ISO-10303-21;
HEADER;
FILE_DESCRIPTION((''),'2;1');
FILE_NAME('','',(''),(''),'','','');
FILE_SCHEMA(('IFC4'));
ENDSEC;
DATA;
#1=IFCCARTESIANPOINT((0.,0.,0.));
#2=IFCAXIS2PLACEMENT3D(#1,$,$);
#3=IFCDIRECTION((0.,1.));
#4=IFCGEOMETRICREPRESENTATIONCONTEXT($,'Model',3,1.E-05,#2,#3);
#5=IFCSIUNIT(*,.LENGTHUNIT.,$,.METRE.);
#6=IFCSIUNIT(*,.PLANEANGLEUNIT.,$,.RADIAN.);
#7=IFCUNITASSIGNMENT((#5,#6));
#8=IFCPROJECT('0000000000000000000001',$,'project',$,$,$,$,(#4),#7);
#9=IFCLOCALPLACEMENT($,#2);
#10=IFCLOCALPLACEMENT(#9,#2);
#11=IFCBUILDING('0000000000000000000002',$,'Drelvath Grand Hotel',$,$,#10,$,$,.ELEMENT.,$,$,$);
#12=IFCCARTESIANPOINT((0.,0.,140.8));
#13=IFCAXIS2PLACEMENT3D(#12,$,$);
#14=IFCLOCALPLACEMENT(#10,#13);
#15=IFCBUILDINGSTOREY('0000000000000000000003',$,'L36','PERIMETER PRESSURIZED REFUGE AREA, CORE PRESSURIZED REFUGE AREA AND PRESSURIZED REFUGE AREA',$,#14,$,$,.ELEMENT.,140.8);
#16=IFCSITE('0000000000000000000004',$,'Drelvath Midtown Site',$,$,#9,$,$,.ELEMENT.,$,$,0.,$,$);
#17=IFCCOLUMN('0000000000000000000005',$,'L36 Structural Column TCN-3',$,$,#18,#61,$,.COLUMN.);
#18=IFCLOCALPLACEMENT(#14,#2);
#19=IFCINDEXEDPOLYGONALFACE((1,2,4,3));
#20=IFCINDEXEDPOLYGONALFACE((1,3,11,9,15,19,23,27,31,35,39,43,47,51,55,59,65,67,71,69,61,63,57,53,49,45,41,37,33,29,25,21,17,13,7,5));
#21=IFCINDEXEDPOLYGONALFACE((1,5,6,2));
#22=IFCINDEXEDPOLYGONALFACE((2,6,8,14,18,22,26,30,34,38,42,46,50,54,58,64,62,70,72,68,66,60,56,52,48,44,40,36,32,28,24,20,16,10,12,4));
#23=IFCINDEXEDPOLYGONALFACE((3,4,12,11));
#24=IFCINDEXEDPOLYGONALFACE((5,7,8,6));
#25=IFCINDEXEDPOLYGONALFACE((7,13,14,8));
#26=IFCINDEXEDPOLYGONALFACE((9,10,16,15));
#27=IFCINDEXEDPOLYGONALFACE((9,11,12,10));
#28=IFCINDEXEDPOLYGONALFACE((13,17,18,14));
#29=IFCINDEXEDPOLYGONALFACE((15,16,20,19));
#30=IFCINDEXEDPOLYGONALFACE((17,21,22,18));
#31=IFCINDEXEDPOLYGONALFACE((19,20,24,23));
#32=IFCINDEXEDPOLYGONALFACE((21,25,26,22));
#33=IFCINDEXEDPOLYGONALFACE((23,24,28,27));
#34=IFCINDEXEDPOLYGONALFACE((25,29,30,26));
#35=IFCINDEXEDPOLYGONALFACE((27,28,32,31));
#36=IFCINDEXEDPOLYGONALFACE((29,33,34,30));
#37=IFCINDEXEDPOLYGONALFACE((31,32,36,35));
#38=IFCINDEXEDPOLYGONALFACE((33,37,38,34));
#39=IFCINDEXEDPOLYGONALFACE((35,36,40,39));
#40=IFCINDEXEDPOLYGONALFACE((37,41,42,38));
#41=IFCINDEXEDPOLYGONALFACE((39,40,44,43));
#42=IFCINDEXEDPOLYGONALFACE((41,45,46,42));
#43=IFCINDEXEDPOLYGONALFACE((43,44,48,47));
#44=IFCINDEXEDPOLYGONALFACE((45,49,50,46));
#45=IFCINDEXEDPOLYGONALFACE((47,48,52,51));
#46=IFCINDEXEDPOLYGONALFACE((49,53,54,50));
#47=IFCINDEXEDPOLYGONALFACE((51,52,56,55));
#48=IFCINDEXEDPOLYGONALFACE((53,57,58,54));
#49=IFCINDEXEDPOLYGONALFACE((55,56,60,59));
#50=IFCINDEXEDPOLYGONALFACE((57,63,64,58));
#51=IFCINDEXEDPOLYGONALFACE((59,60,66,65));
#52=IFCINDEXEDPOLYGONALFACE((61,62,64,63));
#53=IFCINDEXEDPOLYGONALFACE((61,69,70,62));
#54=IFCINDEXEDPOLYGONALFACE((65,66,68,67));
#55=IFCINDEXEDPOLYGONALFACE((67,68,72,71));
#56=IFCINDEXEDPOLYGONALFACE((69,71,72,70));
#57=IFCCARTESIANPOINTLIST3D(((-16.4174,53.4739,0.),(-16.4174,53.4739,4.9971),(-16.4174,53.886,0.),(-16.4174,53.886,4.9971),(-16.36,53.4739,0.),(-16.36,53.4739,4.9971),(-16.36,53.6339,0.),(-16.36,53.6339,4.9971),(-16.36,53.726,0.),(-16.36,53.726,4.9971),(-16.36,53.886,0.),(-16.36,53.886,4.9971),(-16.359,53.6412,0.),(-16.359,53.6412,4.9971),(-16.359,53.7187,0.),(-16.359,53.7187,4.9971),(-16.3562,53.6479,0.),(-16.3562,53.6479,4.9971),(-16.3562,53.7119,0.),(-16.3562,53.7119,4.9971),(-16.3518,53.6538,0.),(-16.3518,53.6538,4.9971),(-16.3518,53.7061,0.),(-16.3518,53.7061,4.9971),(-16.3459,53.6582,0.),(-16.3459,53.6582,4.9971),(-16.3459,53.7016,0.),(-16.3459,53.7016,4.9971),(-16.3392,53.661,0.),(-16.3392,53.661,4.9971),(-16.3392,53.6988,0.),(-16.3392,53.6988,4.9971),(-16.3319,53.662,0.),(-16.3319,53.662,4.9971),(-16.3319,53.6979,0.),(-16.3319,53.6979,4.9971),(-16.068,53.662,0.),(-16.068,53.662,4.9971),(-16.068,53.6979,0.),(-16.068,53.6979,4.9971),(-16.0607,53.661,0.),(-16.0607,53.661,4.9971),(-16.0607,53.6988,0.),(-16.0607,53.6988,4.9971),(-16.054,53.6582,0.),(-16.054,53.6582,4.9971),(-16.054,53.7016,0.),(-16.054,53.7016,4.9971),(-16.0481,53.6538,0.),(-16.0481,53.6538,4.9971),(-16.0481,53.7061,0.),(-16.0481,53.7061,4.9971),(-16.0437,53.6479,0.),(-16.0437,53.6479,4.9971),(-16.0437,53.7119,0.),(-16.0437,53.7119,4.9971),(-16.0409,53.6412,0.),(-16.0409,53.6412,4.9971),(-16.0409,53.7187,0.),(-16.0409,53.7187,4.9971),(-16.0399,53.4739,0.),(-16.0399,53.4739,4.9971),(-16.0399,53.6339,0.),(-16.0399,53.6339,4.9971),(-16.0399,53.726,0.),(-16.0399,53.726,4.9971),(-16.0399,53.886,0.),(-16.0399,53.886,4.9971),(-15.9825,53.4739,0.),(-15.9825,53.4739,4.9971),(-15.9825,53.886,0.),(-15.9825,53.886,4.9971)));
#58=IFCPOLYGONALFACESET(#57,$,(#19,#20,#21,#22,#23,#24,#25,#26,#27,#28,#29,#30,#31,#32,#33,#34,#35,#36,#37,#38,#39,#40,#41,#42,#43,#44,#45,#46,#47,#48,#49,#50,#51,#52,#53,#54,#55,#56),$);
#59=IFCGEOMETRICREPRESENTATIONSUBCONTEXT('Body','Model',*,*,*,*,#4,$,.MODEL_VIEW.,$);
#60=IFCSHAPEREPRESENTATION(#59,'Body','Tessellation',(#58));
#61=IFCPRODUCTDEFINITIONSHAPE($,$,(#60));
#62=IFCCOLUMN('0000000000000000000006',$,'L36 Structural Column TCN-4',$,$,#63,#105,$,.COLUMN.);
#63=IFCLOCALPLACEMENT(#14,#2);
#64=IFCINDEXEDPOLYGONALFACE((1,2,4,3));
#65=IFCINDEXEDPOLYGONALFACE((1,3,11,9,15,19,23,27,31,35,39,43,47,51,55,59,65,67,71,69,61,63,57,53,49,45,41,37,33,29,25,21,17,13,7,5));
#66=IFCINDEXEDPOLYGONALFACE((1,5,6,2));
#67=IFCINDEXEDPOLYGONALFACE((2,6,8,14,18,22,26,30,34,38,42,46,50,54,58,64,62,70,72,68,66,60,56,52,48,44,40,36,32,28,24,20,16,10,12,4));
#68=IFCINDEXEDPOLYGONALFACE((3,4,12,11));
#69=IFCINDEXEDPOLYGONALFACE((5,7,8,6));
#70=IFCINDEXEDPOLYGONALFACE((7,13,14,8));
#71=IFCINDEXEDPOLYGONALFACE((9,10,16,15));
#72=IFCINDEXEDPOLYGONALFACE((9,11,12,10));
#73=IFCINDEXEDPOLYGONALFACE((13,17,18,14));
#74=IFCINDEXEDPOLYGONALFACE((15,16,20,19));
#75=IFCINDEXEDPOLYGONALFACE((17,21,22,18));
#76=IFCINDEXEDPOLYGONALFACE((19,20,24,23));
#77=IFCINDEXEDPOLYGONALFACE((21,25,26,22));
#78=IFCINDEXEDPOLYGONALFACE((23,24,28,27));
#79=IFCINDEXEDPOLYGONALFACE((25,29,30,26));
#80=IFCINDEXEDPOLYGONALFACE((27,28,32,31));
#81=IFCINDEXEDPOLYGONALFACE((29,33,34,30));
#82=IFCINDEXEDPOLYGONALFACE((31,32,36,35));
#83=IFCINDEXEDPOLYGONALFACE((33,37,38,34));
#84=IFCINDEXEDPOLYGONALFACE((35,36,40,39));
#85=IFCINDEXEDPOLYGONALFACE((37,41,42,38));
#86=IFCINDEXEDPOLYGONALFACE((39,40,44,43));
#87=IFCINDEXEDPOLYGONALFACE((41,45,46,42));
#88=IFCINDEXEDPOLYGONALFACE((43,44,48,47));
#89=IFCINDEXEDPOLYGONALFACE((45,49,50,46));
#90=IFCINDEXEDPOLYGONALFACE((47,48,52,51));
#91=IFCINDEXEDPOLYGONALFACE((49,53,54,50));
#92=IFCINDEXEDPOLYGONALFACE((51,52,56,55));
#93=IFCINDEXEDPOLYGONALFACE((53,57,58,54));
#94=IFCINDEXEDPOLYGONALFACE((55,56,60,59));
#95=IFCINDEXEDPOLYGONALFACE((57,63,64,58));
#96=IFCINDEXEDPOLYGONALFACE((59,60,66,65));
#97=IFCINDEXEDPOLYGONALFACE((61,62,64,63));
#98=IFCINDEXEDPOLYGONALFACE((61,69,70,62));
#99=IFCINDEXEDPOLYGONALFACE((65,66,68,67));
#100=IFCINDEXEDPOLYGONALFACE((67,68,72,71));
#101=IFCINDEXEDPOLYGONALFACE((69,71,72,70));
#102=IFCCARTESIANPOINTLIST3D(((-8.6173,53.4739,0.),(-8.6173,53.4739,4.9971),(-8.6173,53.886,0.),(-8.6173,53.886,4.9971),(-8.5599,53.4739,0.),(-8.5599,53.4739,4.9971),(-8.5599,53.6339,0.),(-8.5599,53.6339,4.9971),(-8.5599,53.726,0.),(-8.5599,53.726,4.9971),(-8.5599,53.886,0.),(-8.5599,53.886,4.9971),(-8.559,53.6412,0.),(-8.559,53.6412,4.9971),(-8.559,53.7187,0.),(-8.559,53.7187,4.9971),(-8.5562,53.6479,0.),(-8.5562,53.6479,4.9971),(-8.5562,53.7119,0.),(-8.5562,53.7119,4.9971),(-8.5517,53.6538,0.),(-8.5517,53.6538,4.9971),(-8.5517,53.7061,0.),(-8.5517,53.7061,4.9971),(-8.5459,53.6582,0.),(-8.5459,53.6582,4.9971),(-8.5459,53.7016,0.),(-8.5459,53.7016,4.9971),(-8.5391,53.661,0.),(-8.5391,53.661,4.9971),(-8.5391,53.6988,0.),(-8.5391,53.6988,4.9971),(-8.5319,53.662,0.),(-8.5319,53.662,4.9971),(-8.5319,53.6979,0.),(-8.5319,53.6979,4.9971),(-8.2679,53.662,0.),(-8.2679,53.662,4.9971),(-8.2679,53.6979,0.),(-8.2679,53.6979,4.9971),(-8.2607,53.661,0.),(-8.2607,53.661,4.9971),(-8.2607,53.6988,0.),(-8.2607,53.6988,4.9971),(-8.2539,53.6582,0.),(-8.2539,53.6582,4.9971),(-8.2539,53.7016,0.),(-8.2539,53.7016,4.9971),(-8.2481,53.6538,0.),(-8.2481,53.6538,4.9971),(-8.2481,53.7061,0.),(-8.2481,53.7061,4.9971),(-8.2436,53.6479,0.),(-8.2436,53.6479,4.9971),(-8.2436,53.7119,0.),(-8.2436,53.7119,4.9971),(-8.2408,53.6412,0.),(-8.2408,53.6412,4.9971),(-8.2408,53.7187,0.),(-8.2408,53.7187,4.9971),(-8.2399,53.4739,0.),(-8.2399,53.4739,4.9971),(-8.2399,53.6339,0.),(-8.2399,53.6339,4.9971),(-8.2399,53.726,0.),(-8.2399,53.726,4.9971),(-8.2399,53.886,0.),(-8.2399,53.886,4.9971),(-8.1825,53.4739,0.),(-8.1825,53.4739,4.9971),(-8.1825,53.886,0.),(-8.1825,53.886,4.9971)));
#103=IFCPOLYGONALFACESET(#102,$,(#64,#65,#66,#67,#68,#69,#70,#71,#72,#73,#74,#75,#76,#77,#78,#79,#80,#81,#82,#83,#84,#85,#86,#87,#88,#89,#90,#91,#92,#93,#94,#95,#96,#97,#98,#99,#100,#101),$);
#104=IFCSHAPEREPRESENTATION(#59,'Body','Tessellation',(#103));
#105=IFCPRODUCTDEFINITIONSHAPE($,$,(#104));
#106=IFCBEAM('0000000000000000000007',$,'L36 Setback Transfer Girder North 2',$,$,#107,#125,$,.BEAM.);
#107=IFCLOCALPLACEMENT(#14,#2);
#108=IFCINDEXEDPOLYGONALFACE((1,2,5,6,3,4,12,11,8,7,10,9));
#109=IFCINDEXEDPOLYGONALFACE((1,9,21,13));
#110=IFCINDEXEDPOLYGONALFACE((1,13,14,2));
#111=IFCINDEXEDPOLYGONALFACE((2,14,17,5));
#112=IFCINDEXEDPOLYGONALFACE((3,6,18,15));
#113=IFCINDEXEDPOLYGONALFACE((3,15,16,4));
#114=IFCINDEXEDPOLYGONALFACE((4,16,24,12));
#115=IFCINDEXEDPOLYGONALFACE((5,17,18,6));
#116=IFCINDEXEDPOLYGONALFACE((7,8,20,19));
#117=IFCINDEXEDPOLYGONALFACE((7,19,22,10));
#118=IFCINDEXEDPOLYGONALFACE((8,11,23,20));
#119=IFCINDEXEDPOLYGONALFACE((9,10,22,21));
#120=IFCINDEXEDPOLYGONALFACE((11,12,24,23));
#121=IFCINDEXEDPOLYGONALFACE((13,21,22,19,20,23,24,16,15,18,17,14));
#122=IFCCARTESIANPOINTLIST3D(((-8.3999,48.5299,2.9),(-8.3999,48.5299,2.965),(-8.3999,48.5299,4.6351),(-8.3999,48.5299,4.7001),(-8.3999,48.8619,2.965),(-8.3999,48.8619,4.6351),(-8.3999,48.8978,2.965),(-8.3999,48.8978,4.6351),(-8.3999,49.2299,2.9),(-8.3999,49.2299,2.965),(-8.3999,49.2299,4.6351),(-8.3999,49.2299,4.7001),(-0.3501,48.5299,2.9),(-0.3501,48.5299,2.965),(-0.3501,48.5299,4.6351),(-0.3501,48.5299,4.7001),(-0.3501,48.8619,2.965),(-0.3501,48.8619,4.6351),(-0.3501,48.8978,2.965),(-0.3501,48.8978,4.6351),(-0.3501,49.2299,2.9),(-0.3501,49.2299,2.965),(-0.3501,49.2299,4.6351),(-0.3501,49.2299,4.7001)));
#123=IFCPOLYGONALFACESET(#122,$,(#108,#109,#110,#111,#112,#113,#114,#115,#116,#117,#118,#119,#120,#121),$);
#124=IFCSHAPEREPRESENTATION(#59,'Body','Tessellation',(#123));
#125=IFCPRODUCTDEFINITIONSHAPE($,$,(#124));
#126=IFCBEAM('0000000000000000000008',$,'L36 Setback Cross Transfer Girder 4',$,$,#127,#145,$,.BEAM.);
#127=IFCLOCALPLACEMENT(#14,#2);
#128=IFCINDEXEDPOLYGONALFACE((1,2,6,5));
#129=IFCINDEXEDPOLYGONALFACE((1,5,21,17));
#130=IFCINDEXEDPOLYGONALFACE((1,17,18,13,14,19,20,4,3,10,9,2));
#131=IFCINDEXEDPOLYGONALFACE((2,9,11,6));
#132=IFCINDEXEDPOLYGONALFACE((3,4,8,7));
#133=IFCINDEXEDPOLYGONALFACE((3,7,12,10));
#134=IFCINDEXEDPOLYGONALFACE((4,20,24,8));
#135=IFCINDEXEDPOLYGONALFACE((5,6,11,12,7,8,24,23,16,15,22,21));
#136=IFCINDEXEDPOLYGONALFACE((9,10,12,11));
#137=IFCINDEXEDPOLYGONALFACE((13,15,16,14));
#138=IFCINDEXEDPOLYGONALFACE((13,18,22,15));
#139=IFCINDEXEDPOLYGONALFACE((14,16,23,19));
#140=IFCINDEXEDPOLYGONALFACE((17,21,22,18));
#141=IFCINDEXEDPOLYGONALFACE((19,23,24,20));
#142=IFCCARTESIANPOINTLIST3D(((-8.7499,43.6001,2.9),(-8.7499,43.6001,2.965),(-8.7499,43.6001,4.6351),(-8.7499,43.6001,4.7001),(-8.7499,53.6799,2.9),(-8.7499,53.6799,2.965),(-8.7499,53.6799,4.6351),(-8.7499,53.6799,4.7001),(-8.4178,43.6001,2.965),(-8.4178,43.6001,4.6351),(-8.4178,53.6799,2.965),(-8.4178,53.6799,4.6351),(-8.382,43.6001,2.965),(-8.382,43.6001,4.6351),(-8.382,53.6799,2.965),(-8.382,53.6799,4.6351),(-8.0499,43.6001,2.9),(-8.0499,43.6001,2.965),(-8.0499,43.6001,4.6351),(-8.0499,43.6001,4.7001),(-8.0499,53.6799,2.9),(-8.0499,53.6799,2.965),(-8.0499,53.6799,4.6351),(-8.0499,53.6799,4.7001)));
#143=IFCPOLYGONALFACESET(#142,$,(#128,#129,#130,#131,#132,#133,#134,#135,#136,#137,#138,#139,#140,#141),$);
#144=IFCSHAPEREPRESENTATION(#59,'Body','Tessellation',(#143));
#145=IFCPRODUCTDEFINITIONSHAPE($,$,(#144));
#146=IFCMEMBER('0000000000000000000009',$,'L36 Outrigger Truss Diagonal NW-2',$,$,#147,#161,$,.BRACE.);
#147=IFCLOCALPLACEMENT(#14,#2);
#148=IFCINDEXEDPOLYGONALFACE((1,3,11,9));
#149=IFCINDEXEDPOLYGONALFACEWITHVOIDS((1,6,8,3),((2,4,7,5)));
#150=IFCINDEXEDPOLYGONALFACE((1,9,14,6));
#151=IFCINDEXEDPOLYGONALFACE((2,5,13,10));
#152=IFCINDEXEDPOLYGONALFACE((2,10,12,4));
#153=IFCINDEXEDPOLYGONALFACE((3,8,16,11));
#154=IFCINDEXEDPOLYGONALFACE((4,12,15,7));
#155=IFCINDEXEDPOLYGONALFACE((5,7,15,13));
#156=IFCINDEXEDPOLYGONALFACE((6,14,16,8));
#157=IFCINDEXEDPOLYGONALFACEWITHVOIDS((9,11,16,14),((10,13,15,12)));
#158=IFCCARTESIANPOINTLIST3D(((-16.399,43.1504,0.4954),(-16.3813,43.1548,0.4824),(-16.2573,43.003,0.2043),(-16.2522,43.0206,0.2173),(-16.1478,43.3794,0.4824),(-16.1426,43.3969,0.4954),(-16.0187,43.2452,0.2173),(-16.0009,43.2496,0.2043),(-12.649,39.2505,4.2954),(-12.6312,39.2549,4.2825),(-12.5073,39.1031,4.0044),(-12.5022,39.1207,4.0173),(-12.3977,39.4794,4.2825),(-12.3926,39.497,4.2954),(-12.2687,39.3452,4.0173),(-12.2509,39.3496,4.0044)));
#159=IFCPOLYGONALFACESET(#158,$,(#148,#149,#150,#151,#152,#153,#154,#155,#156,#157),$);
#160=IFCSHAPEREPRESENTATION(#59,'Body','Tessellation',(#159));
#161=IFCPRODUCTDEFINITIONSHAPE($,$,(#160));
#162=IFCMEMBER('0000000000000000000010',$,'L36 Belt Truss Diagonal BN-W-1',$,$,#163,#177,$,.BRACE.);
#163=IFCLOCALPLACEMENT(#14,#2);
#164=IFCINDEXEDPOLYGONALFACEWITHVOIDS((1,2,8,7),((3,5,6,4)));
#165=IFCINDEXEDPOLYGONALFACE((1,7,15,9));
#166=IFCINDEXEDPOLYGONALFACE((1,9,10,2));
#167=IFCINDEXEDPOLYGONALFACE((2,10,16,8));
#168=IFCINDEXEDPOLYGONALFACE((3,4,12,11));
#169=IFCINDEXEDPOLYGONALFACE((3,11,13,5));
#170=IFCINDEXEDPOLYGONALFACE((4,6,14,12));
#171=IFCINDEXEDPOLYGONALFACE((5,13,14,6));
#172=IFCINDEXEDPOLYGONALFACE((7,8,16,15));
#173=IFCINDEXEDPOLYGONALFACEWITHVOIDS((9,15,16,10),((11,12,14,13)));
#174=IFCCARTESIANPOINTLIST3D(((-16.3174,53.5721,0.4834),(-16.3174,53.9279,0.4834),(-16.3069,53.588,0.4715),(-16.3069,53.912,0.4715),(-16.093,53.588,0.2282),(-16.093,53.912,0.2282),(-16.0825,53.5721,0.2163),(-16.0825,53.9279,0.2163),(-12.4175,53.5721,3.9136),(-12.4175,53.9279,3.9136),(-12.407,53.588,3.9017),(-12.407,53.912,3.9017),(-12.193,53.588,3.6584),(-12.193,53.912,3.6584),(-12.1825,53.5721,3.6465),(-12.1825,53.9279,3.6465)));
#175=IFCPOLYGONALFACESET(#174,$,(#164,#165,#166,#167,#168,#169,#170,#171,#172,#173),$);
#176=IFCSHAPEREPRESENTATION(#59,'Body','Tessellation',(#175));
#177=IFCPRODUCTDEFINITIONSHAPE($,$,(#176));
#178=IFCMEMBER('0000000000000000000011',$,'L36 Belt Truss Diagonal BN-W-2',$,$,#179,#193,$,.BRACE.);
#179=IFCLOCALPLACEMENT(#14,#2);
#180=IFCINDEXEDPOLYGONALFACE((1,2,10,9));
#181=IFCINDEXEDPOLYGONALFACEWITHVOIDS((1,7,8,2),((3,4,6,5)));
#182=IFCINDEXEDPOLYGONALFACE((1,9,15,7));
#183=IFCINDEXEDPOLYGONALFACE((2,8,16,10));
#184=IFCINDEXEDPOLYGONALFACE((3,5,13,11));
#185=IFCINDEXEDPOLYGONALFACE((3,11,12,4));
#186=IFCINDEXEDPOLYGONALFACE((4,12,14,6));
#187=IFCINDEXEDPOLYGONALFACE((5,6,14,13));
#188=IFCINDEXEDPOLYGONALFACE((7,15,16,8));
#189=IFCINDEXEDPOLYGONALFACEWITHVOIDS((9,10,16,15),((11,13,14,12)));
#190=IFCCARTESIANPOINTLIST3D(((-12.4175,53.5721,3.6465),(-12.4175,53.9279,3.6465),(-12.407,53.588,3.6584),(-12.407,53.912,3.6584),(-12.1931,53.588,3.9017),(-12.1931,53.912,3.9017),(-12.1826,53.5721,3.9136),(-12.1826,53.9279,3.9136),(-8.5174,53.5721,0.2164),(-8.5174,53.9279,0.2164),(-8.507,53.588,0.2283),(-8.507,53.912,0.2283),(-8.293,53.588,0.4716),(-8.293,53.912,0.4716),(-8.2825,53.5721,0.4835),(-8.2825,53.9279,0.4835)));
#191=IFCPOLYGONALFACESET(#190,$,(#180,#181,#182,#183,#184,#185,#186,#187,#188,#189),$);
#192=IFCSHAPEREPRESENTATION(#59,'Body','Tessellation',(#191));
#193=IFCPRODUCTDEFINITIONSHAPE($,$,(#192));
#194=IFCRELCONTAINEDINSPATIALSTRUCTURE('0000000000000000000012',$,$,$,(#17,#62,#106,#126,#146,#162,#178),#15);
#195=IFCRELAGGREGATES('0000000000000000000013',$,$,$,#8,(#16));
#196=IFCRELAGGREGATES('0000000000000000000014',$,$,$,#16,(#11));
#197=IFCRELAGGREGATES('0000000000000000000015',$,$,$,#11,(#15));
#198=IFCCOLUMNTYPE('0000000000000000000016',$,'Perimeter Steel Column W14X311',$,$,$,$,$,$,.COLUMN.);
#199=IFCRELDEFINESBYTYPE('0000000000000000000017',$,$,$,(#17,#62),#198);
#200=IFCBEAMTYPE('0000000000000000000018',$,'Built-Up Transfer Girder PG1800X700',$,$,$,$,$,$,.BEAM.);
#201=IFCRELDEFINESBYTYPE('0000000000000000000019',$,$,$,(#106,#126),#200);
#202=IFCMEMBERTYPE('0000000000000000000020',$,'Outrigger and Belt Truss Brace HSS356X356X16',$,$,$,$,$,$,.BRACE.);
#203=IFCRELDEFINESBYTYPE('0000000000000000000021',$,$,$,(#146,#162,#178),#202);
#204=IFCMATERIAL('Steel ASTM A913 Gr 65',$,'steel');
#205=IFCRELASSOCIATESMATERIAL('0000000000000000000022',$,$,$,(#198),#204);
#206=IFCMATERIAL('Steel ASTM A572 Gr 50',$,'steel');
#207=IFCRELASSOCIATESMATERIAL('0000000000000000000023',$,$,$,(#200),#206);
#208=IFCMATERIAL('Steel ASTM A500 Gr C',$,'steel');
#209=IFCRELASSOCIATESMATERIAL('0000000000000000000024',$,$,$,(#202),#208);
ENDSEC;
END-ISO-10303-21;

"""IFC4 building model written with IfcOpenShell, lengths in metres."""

from ifc_helpers import new_model, si_unit, direction, frame, origin, origin_2d, place, context, subcontext, project, spatial, hollow_rectangle, i_section, extrude, material, material_profile, profile_set, type_object, element, save


model = new_model("IFC4")

# Units and contexts
model_context = context("Model", 3, precision=1e-05, world=origin(), true_north=direction((0.0, 1.0)))
body_context = subcontext(model_context, "Body", "Model", "MODEL_VIEW")
ifc_project = project(units=[si_unit("LENGTHUNIT", "METRE"), si_unit("PLANEANGLEUNIT", "RADIAN")], contexts=[model_context])

# Site, building, storey
site_placement = place(None, origin())
site = spatial("IfcSite", under=ifc_project, at=site_placement, Name="Drelvath Midtown Site", CompositionType="ELEMENT", RefElevation=0.0)
building_placement = place(site_placement, origin())
building = spatial("IfcBuilding", under=site, at=building_placement, Name="Drelvath Grand Hotel", CompositionType="ELEMENT")
storey_placement = place(building_placement, frame((0.0, 0.0, 140.8)))
storey = spatial("IfcBuildingStorey", under=building, at=storey_placement, Name="L36", Description="PERIMETER PRESSURIZED REFUGE AREA, CORE PRESSURIZED REFUGE AREA AND PRESSURIZED REFUGE AREA", CompositionType="ELEMENT", Elevation=140.8)

# Columns
ifc_material_1 = material(Name="Steel ASTM A913 Gr 65", Category="steel")
ifc_material_profile_1 = material_profile(ifc_material_1, i_section(OverallWidth=0.4121, OverallDepth=0.4348, WebThickness=0.0359, FlangeThickness=0.0574, FilletRadius=0.0281, at=origin_2d()), Name="W14X311")
ifc_profile_set_1 = profile_set([ifc_material_profile_1], Name="Steel ASTM A913 Gr 65")
column_type = type_object("IfcColumnType", Name="Perimeter Steel Column W14X311", PredefinedType="COLUMN", material=ifc_profile_set_1)
for number, where, z_axis, x_axis, name in (
    (1, (-16.2, 53.6799, 0.0), (0.0, 0.0, 1.0), (0.0, 1.0, 0.0), "L36 Structural Column TCN-3"),
    (2, (-8.3999, 53.6799, 0.0), (0.0, 0.0, 1.0), (0.0, 1.0, 0.0), "L36 Structural Column TCN-4"),
):
    element("IfcColumn", number, at=place(storey_placement, frame(where, z_axis=z_axis, x_axis=x_axis)), inside=storey, type_object=column_type, Name=name, PredefinedType="COLUMN", context=body_context, shape_type="SweptSolid", body=[
        extrude(i_section(OverallWidth=0.4121, OverallDepth=0.4348, WebThickness=0.0359, FlangeThickness=0.0574, FilletRadius=0.0281, at=origin_2d()), origin(), (0.0, 0.0, 1.0), 4.9971),
    ])

# Beams
ifc_material_2 = material(Name="Steel ASTM A572 Gr 50", Category="steel")
ifc_material_profile_2 = material_profile(ifc_material_2, i_section(OverallWidth=0.7, OverallDepth=1.8, WebThickness=0.0359, FlangeThickness=0.0649, at=origin_2d()), Name="PG1800X700")
ifc_profile_set_2 = profile_set([ifc_material_profile_2], Name="Steel ASTM A572 Gr 50")
beam_type_1 = type_object("IfcBeamType", Name="Built-Up Transfer Girder PG1800X700", PredefinedType="BEAM", material=ifc_profile_set_2)
beam_1_placement = place(storey_placement, frame((-8.3999, 48.8799, 3.8), z_axis=(1.0, 0.0, 0.0), x_axis=(0.0, 1.0, 0.0)))
element("IfcBeam", 3, at=beam_1_placement, inside=storey, type_object=beam_type_1, Name="L36 Setback Transfer Girder North 2", PredefinedType="BEAM", context=body_context, shape_type="SweptSolid", body=[
    extrude(i_section(OverallWidth=0.7, OverallDepth=1.8, WebThickness=0.0359, FlangeThickness=0.0649, at=origin_2d()), origin(), (0.0, 0.0, 1.0), 8.0498),
])
beam_2_placement = place(storey_placement, frame((-8.3999, 43.6001, 3.8), z_axis=(0.0, 1.0, 0.0), x_axis=(-1.0, 0.0, 0.0)))
element("IfcBeam", 4, at=beam_2_placement, inside=storey, type_object=beam_type_1, Name="L36 Setback Cross Transfer Girder 4", PredefinedType="BEAM", context=body_context, shape_type="SweptSolid", body=[
    extrude(i_section(OverallWidth=0.7, OverallDepth=1.8, WebThickness=0.0359, FlangeThickness=0.0649, at=origin_2d()), origin(), (0.0, 0.0, 1.0), 10.0798),
])

# Members
ifc_material_3 = material(Name="Steel ASTM A500 Gr C", Category="steel")
ifc_material_profile_3 = material_profile(ifc_material_3, hollow_rectangle(XDim=0.3557, YDim=0.3557, WallThickness=0.0159, at=origin_2d()), Name="HSS356X356X16")
ifc_profile_set_3 = profile_set([ifc_material_profile_3], Name="Steel ASTM A500 Gr C")
member_type_1 = type_object("IfcMemberType", Name="Outrigger and Belt Truss Brace HSS356X356X16", PredefinedType="BRACE", material=ifc_profile_set_3)
member_placement = place(storey_placement, frame((-12.45, 39.3, 4.1499), z_axis=(-0.567192, 0.589865, -0.574762), x_axis=(-0.720824, -0.693118, 0.0)))
element("IfcMember", 5, at=member_placement, inside=storey, type_object=member_type_1, Name="L36 Outrigger Truss Diagonal NW-2", PredefinedType="BRACE", context=body_context, shape_type="SweptSolid", body=[
    extrude(hollow_rectangle(XDim=0.3557, YDim=0.3557, WallThickness=0.0159, at=origin_2d()), origin(), (0.0, 0.0, 1.0), 6.6116),
])
for number, where, z_axis, x_axis, name in (
    (6, (-16.2, 53.75, 0.3499), (0.750879, 0.0, 0.660439), (0.0, 1.0, 0.0), "L36 Belt Truss Diagonal BN-W-1"),
    (7, (-12.3, 53.75, 3.78), (0.7509, 0.0, -0.660416), (0.0, 1.0, 0.0), "L36 Belt Truss Diagonal BN-W-2"),
):
    element("IfcMember", number, at=place(storey_placement, frame(where, z_axis=z_axis, x_axis=x_axis)), inside=storey, type_object=member_type_1, Name=name, PredefinedType="BRACE", context=body_context, shape_type="SweptSolid", body=[
        extrude(hollow_rectangle(XDim=0.3557, YDim=0.3557, WallThickness=0.0159, at=origin_2d()), origin(), (0.0, 0.0, 1.0), 5.1938),
    ])

save(model, "model.ifc")
